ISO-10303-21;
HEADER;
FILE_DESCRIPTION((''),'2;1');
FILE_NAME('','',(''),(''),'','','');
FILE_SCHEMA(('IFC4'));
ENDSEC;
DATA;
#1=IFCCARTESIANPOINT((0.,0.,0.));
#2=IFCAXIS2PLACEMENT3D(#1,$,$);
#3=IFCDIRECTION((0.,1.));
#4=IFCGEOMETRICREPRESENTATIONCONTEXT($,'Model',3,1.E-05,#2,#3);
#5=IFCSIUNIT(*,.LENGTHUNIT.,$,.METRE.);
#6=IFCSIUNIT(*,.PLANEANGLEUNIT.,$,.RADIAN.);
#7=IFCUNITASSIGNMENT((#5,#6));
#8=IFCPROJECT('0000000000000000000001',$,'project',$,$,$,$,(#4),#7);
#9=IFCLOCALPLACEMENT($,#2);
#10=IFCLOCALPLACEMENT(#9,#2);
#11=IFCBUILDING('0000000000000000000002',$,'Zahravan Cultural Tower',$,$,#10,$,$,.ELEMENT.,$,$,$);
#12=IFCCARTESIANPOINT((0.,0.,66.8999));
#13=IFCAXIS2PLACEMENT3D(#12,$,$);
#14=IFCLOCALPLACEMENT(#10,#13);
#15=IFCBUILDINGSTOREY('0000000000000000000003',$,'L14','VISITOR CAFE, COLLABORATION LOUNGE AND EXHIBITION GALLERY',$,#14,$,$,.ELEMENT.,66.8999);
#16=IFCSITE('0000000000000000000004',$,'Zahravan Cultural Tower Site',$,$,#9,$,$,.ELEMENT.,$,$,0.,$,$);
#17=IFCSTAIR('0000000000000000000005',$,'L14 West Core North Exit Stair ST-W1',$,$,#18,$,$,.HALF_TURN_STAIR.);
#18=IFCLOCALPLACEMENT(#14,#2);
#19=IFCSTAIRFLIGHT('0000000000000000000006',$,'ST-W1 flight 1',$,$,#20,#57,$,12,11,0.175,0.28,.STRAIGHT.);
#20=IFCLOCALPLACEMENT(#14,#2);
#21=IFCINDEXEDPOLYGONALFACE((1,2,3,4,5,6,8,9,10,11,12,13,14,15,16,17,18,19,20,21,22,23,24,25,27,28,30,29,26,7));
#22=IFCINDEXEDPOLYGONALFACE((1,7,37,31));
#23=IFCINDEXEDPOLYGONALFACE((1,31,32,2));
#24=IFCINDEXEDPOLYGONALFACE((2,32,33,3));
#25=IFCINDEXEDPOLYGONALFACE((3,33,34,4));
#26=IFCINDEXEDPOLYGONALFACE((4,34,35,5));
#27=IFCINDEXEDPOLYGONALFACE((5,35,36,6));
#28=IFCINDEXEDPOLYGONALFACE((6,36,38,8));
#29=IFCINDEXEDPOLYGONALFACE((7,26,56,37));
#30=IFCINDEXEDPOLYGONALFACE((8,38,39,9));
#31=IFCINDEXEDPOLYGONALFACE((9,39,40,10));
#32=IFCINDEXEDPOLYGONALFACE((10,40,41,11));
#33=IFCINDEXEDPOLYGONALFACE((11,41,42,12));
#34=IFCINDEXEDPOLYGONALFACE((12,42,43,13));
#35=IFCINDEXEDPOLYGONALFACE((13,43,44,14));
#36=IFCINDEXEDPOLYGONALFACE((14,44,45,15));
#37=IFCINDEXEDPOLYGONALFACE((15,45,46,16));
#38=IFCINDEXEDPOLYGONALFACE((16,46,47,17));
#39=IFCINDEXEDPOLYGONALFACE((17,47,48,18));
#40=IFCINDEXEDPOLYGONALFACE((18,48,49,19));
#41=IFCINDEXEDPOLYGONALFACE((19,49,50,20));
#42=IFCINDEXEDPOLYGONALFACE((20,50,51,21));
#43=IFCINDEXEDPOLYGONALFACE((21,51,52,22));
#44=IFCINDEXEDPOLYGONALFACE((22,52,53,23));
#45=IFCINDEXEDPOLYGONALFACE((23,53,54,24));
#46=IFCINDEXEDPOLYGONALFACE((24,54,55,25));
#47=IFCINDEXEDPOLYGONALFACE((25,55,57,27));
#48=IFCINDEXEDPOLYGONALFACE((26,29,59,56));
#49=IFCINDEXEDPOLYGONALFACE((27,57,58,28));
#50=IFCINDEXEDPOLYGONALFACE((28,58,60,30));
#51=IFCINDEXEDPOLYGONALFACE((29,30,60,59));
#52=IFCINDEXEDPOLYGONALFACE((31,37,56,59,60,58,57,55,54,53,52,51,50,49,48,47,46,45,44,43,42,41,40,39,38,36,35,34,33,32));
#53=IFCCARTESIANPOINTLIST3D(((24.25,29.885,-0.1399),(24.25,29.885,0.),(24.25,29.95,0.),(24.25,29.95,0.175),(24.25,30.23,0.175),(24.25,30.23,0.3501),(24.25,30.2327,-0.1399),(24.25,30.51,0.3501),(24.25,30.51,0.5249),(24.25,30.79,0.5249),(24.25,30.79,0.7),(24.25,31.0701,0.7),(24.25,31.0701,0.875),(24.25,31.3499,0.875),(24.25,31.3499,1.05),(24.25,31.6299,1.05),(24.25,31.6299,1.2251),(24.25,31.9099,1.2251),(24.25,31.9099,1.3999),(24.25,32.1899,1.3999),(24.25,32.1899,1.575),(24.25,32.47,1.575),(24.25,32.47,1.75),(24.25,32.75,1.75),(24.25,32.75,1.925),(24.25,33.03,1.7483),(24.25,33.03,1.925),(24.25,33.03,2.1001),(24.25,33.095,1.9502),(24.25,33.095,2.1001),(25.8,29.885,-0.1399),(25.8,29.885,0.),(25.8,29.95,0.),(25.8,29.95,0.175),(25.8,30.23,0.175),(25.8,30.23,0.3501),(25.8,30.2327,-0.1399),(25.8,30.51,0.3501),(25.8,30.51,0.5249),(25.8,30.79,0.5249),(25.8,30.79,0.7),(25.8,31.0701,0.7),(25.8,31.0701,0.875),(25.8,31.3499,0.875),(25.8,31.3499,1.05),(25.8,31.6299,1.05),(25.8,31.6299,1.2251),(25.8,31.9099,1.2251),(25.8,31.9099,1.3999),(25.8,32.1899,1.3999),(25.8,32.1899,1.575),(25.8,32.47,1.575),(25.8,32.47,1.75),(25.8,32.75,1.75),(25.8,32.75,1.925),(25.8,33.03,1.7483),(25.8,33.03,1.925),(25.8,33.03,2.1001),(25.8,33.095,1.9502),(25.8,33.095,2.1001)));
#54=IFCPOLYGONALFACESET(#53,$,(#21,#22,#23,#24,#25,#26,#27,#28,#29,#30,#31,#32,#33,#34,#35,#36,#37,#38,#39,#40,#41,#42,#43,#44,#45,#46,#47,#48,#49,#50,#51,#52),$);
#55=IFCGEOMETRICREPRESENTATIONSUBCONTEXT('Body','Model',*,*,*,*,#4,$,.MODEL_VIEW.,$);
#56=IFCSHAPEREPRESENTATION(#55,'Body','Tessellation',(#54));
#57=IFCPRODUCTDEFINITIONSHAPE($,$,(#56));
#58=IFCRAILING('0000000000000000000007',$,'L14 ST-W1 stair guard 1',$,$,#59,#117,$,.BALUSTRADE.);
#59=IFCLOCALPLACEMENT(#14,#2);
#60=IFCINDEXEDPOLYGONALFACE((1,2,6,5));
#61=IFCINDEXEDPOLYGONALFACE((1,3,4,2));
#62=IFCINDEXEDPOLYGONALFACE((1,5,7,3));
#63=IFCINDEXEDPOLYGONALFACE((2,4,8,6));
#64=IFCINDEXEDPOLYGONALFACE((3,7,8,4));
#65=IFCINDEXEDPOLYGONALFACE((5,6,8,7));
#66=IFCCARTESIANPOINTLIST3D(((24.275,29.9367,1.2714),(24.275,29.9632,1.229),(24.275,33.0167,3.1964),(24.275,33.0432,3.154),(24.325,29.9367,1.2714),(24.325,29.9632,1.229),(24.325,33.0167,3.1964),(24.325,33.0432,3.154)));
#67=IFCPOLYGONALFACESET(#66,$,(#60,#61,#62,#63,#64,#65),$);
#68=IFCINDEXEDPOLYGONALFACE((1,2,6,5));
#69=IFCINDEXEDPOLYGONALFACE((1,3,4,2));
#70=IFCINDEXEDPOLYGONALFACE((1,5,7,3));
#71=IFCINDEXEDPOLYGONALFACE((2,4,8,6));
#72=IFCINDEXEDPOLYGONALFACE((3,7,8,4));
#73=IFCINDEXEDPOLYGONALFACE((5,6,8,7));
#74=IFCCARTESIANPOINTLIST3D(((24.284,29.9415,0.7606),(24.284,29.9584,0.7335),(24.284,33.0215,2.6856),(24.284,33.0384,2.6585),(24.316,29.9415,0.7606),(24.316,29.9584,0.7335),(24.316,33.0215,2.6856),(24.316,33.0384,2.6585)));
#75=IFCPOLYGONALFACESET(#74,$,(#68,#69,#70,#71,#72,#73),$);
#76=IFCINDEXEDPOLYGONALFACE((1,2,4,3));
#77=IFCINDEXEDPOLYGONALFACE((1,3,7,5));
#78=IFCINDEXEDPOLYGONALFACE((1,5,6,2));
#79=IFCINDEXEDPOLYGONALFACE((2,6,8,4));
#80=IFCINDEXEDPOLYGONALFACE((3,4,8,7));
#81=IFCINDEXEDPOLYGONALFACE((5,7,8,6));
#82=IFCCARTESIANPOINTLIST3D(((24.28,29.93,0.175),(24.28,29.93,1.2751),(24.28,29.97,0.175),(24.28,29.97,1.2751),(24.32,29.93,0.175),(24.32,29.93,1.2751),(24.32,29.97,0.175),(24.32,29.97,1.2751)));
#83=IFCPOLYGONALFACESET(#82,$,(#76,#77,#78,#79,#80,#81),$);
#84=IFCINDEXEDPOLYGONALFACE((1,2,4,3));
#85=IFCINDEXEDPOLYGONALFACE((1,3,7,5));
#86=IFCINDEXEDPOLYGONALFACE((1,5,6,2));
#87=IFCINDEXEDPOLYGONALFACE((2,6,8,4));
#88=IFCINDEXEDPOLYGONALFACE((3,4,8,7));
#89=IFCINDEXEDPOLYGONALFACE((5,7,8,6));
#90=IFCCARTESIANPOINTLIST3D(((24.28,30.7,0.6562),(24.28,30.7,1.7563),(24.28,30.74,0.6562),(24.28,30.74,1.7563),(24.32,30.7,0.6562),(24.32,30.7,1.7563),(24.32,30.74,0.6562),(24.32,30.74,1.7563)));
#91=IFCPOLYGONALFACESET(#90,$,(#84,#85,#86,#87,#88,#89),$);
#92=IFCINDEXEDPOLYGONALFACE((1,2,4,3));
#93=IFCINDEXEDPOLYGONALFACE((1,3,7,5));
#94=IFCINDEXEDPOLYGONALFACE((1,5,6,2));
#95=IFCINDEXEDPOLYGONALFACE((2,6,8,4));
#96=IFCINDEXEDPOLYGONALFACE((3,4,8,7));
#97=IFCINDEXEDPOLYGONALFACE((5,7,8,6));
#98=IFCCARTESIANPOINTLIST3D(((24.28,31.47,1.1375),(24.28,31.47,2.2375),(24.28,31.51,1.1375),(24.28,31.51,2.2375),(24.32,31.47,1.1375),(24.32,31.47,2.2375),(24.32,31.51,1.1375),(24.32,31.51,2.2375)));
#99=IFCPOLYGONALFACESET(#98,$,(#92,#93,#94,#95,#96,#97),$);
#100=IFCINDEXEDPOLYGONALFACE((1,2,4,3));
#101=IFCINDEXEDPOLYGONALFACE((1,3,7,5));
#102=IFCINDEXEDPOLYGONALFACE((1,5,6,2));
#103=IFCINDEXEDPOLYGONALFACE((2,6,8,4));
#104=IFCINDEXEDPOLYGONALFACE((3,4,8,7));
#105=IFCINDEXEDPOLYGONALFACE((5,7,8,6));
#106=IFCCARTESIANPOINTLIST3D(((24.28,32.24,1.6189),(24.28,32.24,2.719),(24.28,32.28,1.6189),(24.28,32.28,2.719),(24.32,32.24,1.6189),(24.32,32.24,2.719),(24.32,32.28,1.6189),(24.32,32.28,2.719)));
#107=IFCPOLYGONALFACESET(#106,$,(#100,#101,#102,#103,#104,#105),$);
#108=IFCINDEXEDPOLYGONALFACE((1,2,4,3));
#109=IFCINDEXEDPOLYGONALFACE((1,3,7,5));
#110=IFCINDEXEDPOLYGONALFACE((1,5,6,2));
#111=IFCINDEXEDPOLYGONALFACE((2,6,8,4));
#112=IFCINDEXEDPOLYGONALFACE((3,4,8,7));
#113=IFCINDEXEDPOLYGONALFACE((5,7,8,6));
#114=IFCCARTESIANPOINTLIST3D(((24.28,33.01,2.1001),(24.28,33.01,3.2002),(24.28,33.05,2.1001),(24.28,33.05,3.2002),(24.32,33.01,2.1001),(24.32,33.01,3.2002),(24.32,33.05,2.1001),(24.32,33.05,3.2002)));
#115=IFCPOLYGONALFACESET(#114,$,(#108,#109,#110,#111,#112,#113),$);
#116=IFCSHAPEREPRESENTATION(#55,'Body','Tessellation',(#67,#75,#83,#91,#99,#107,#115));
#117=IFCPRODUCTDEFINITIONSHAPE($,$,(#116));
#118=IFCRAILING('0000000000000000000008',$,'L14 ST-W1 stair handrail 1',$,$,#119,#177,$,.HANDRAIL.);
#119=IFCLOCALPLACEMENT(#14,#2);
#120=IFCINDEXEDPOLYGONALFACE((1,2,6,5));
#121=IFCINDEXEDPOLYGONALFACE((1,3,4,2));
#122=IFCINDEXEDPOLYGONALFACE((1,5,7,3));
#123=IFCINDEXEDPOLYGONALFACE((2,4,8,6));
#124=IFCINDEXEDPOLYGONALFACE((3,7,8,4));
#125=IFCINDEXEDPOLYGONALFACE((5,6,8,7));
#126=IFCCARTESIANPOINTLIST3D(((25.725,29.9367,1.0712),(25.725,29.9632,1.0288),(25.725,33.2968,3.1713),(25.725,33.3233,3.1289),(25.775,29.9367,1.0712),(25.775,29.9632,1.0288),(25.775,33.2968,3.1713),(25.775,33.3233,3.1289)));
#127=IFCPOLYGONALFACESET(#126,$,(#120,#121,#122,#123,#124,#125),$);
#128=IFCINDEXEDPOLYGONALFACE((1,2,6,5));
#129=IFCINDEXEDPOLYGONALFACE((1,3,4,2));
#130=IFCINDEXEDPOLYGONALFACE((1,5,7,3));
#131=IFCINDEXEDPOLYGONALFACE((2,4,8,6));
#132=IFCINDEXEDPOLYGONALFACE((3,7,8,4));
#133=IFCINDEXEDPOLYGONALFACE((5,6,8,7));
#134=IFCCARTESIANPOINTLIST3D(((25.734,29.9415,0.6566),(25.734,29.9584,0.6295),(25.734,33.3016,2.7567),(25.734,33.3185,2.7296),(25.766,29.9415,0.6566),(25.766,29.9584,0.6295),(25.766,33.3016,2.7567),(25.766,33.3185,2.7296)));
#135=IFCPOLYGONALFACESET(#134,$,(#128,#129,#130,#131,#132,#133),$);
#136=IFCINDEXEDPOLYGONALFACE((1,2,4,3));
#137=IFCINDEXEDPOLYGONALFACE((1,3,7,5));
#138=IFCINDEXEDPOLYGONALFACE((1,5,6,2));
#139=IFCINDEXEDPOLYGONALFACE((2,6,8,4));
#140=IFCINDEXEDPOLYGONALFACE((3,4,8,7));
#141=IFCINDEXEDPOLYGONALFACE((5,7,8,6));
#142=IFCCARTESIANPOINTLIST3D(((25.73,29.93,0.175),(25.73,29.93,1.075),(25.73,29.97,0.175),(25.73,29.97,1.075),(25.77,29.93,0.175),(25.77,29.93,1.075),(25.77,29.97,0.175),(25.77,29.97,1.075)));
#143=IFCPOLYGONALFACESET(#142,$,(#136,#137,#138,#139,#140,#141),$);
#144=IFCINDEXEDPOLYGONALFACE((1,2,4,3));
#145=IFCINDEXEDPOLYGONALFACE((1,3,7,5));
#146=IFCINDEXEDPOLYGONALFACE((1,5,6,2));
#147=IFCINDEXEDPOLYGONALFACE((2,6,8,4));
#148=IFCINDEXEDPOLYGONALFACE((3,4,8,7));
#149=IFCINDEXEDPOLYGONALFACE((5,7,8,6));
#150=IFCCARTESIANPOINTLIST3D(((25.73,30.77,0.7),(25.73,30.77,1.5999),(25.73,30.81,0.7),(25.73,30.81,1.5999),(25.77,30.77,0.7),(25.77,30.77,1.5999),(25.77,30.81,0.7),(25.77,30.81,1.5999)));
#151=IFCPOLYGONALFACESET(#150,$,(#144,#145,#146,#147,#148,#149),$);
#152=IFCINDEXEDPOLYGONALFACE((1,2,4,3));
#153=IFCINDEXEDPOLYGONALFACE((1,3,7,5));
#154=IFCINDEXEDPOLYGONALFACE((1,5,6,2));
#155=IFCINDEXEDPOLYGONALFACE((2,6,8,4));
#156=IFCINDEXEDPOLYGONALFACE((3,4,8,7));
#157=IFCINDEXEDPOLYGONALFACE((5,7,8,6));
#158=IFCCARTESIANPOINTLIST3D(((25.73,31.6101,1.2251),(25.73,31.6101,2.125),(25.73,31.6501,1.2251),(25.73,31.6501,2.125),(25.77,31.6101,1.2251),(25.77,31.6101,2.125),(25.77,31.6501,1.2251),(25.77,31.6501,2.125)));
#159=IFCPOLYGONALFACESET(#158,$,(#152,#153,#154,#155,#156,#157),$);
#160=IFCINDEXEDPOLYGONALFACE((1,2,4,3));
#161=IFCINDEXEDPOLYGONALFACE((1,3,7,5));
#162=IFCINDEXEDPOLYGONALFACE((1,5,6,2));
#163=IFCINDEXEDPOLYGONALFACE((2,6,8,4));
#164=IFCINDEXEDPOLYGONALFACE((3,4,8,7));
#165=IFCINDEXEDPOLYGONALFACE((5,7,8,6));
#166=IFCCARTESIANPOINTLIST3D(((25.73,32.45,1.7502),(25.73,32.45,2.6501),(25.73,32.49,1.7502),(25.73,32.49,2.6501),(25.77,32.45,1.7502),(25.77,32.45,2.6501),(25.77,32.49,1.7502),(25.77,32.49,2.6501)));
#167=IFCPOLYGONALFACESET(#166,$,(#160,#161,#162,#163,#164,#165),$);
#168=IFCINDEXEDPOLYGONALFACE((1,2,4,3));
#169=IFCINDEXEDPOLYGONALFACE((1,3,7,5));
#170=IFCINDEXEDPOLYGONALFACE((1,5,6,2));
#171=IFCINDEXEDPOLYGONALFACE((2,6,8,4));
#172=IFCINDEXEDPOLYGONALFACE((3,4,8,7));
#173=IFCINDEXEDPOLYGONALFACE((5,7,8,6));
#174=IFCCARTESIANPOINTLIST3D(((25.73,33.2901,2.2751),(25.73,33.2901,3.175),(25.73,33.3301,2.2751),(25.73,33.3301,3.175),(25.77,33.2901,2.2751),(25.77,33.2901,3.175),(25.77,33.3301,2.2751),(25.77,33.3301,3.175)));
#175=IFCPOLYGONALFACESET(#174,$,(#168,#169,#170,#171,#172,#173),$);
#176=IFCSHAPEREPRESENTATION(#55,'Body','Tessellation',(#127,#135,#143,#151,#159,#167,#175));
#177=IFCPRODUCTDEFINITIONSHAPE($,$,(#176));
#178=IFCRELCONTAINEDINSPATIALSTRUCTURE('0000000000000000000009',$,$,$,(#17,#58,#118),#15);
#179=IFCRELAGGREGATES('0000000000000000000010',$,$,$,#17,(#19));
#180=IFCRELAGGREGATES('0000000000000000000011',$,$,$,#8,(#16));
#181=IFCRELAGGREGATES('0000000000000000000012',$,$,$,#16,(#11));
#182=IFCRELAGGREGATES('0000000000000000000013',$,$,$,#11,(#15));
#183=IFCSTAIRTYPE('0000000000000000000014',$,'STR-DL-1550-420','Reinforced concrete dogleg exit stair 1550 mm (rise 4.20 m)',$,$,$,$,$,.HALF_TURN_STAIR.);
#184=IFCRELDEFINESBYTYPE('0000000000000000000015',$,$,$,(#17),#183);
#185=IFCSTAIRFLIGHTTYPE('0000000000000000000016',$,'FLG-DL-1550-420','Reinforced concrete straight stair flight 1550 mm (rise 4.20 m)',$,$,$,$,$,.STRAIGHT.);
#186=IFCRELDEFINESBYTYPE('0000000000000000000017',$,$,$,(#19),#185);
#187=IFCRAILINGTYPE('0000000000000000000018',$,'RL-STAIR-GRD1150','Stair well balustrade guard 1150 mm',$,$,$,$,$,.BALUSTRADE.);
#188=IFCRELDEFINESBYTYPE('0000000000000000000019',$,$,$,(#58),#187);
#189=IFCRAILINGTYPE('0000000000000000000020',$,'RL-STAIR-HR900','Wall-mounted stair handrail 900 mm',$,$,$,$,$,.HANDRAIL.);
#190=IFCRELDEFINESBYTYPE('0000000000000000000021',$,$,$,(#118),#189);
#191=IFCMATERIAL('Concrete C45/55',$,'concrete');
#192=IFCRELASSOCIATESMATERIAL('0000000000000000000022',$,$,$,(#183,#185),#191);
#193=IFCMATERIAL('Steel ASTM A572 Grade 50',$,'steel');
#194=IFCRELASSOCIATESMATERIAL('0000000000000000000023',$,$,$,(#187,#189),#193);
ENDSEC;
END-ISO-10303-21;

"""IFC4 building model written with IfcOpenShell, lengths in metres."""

from ifc_helpers import new_model, si_unit, direction, frame, origin, origin_2d, place, context, subcontext, project, spatial, polyline, rectangle, outline, extrude, material, type_object, element, aggregate, save


model = new_model("IFC4")

# Units and contexts
model_context = context("Model", 3, precision=1e-05, world=origin(), true_north=direction((0.0, 1.0)))
body_context = subcontext(model_context, "Body", "Model", "MODEL_VIEW")
ifc_project = project(units=[si_unit("LENGTHUNIT", "METRE"), si_unit("PLANEANGLEUNIT", "RADIAN")], contexts=[model_context])

# Site, building, storey
site_placement = place(None, origin())
site = spatial("IfcSite", under=ifc_project, at=site_placement, Name="Zahravan Cultural Tower Site", CompositionType="ELEMENT", RefElevation=0.0)
building_placement = place(site_placement, origin())
building = spatial("IfcBuilding", under=site, at=building_placement, Name="Zahravan Cultural Tower", CompositionType="ELEMENT")
storey_placement = place(building_placement, frame((0.0, 0.0, 66.8999)))
storey = spatial("IfcBuildingStorey", under=building, at=storey_placement, Name="L14", Description="VISITOR CAFE, COLLABORATION LOUNGE AND EXHIBITION GALLERY", CompositionType="ELEMENT", Elevation=66.8999)

# Shared definitions
ifc_material_1 = material(Name="Steel ASTM A572 Grade 50", Category="steel")
ifc_material_2 = material(Name="Concrete C45/55", Category="concrete")

# Stair, stair flight
stair_type = type_object("IfcStairType", Name="STR-DL-1550-420", Description="Reinforced concrete dogleg exit stair 1550 mm (rise 4.20 m)", PredefinedType="HALF_TURN_STAIR", material=ifc_material_2)
stair_placement = place(storey_placement, origin())
stair = element("IfcStair", 1, at=stair_placement, inside=storey, type_object=stair_type, Name="L14 West Core North Exit Stair ST-W1", PredefinedType="HALF_TURN_STAIR")
stair_flight_type = type_object("IfcStairFlightType", Name="FLG-DL-1550-420", Description="Reinforced concrete straight stair flight 1550 mm (rise 4.20 m)", PredefinedType="STRAIGHT", material=ifc_material_2)
stair_flight_placement = place(storey_placement, frame((25.0249, 29.95, 0.0), z_axis=(0.0, 0.0, 1.0), x_axis=(0.0, 1.0, 0.0)))
stair_flight = element("IfcStairFlight", 2, at=stair_flight_placement, type_object=stair_flight_type, Name="ST-W1 flight 1", NumberOfRisers=12, NumberOfTreads=11, PredefinedType="STRAIGHT", RiserHeight=0.175, TreadLength=0.28, context=body_context, shape_type="SweptSolid", body=[
    extrude(outline(polyline([(-0.0649, -0.1399), (-0.0649, 0.0), (0.0, 0.0), (0.0, 0.175), (0.28, 0.175), (0.28, 0.3501), (0.5601, 0.3501), (0.5601, 0.5249), (0.8401, 0.5249), (0.8401, 0.7), (1.1201, 0.7), (1.1201, 0.875), (1.3999, 0.875), (1.3999, 1.05), (1.6799, 1.05), (1.6799, 1.2251), (1.96, 1.2251), (1.96, 1.3999), (2.24, 1.3999), (2.24, 1.575), (2.52, 1.575), (2.52, 1.75), (2.8, 1.75), (2.8, 1.925), (3.0801, 1.925), (3.0801, 2.1001), (3.145, 2.1001), (3.145, 1.9502), (3.0801, 1.7483), (0.2827, -0.1399), (-0.0649, -0.1399)])), frame((0.0, 0.7749, 0.0), z_axis=(0.0, -1.0, 0.0), x_axis=(1.0, 0.0, 0.0)), (0.0, 0.0, 1.0), 1.55),
])
aggregate(stair, [stair_flight])

# Railings
railing_type_1 = type_object("IfcRailingType", Name="RL-STAIR-GRD1150", Description="Stair well balustrade guard 1150 mm", PredefinedType="BALUSTRADE", material=ifc_material_1)
railing_1_placement = place(storey_placement, frame((24.3, 29.95, 0.175)))
element("IfcRailing", 3, at=railing_1_placement, inside=storey, type_object=railing_type_1, Name="L14 ST-W1 stair guard 1", PredefinedType="BALUSTRADE", context=body_context, shape_type="SweptSolid", body=[
    extrude(rectangle(XDim=0.05, YDim=0.05, at=origin_2d()), frame((0.0, 0.0, 1.0752), z_axis=(0.0, 0.847998, 0.529999), x_axis=(-1.0, 0.0, 0.0)), (0.0, 0.0, 1.0), 3.6321),
    extrude(rectangle(XDim=0.032, YDim=0.032, at=origin_2d()), frame((0.0, 0.0, 0.572), z_axis=(0.0, 0.847998, 0.529999), x_axis=(-1.0, 0.0, 0.0)), (0.0, 0.0, 1.0), 3.6321),
    extrude(rectangle(XDim=0.04, YDim=0.04, at=origin_2d()), origin(), (0.0, 0.0, 1.0), 1.1001),
    extrude(rectangle(XDim=0.04, YDim=0.04, at=origin_2d()), frame((0.0, 0.77, 0.4812)), (0.0, 0.0, 1.0), 1.1001),
    extrude(rectangle(XDim=0.04, YDim=0.04, at=origin_2d()), frame((0.0, 1.54, 0.9624)), (0.0, 0.0, 1.0), 1.1001),
    extrude(rectangle(XDim=0.04, YDim=0.04, at=origin_2d()), frame((0.0, 2.3101, 1.4438)), (0.0, 0.0, 1.0), 1.1001),
    extrude(rectangle(XDim=0.04, YDim=0.04, at=origin_2d()), frame((0.0, 3.0801, 1.925)), (0.0, 0.0, 1.0), 1.1001),
])
railing_type_2 = type_object("IfcRailingType", Name="RL-STAIR-HR900", Description="Wall-mounted stair handrail 900 mm", PredefinedType="HANDRAIL", material=ifc_material_1)
railing_2_placement = place(storey_placement, frame((25.75, 29.95, 0.175)))
element("IfcRailing", 4, at=railing_2_placement, inside=storey, type_object=railing_type_2, Name="L14 ST-W1 stair handrail 1", PredefinedType="HANDRAIL", context=body_context, shape_type="SweptSolid", body=[
    extrude(rectangle(XDim=0.05, YDim=0.05, at=origin_2d()), frame((0.0, 0.0, 0.875), z_axis=(0.0, 0.847995, 0.530004), x_axis=(-1.0, 0.0, 0.0)), (0.0, 0.0, 1.0), 3.9624),
    extrude(rectangle(XDim=0.032, YDim=0.032, at=origin_2d()), frame((0.0, 0.0, 0.468), z_axis=(0.0, 0.847995, 0.530004), x_axis=(-1.0, 0.0, 0.0)), (0.0, 0.0, 1.0), 3.9624),
    extrude(rectangle(XDim=0.04, YDim=0.04, at=origin_2d()), origin(), (0.0, 0.0, 1.0), 0.8999),
    extrude(rectangle(XDim=0.04, YDim=0.04, at=origin_2d()), frame((0.0, 0.8401, 0.5249)), (0.0, 0.0, 1.0), 0.8999),
    extrude(rectangle(XDim=0.04, YDim=0.04, at=origin_2d()), frame((0.0, 1.6802, 1.05)), (0.0, 0.0, 1.0), 0.8999),
    extrude(rectangle(XDim=0.04, YDim=0.04, at=origin_2d()), frame((0.0, 2.52, 1.5752)), (0.0, 0.0, 1.0), 0.8999),
    extrude(rectangle(XDim=0.04, YDim=0.04, at=origin_2d()), frame((0.0, 3.3601, 2.1001)), (0.0, 0.0, 1.0), 0.8999),
])

save(model, "model.ifc")
